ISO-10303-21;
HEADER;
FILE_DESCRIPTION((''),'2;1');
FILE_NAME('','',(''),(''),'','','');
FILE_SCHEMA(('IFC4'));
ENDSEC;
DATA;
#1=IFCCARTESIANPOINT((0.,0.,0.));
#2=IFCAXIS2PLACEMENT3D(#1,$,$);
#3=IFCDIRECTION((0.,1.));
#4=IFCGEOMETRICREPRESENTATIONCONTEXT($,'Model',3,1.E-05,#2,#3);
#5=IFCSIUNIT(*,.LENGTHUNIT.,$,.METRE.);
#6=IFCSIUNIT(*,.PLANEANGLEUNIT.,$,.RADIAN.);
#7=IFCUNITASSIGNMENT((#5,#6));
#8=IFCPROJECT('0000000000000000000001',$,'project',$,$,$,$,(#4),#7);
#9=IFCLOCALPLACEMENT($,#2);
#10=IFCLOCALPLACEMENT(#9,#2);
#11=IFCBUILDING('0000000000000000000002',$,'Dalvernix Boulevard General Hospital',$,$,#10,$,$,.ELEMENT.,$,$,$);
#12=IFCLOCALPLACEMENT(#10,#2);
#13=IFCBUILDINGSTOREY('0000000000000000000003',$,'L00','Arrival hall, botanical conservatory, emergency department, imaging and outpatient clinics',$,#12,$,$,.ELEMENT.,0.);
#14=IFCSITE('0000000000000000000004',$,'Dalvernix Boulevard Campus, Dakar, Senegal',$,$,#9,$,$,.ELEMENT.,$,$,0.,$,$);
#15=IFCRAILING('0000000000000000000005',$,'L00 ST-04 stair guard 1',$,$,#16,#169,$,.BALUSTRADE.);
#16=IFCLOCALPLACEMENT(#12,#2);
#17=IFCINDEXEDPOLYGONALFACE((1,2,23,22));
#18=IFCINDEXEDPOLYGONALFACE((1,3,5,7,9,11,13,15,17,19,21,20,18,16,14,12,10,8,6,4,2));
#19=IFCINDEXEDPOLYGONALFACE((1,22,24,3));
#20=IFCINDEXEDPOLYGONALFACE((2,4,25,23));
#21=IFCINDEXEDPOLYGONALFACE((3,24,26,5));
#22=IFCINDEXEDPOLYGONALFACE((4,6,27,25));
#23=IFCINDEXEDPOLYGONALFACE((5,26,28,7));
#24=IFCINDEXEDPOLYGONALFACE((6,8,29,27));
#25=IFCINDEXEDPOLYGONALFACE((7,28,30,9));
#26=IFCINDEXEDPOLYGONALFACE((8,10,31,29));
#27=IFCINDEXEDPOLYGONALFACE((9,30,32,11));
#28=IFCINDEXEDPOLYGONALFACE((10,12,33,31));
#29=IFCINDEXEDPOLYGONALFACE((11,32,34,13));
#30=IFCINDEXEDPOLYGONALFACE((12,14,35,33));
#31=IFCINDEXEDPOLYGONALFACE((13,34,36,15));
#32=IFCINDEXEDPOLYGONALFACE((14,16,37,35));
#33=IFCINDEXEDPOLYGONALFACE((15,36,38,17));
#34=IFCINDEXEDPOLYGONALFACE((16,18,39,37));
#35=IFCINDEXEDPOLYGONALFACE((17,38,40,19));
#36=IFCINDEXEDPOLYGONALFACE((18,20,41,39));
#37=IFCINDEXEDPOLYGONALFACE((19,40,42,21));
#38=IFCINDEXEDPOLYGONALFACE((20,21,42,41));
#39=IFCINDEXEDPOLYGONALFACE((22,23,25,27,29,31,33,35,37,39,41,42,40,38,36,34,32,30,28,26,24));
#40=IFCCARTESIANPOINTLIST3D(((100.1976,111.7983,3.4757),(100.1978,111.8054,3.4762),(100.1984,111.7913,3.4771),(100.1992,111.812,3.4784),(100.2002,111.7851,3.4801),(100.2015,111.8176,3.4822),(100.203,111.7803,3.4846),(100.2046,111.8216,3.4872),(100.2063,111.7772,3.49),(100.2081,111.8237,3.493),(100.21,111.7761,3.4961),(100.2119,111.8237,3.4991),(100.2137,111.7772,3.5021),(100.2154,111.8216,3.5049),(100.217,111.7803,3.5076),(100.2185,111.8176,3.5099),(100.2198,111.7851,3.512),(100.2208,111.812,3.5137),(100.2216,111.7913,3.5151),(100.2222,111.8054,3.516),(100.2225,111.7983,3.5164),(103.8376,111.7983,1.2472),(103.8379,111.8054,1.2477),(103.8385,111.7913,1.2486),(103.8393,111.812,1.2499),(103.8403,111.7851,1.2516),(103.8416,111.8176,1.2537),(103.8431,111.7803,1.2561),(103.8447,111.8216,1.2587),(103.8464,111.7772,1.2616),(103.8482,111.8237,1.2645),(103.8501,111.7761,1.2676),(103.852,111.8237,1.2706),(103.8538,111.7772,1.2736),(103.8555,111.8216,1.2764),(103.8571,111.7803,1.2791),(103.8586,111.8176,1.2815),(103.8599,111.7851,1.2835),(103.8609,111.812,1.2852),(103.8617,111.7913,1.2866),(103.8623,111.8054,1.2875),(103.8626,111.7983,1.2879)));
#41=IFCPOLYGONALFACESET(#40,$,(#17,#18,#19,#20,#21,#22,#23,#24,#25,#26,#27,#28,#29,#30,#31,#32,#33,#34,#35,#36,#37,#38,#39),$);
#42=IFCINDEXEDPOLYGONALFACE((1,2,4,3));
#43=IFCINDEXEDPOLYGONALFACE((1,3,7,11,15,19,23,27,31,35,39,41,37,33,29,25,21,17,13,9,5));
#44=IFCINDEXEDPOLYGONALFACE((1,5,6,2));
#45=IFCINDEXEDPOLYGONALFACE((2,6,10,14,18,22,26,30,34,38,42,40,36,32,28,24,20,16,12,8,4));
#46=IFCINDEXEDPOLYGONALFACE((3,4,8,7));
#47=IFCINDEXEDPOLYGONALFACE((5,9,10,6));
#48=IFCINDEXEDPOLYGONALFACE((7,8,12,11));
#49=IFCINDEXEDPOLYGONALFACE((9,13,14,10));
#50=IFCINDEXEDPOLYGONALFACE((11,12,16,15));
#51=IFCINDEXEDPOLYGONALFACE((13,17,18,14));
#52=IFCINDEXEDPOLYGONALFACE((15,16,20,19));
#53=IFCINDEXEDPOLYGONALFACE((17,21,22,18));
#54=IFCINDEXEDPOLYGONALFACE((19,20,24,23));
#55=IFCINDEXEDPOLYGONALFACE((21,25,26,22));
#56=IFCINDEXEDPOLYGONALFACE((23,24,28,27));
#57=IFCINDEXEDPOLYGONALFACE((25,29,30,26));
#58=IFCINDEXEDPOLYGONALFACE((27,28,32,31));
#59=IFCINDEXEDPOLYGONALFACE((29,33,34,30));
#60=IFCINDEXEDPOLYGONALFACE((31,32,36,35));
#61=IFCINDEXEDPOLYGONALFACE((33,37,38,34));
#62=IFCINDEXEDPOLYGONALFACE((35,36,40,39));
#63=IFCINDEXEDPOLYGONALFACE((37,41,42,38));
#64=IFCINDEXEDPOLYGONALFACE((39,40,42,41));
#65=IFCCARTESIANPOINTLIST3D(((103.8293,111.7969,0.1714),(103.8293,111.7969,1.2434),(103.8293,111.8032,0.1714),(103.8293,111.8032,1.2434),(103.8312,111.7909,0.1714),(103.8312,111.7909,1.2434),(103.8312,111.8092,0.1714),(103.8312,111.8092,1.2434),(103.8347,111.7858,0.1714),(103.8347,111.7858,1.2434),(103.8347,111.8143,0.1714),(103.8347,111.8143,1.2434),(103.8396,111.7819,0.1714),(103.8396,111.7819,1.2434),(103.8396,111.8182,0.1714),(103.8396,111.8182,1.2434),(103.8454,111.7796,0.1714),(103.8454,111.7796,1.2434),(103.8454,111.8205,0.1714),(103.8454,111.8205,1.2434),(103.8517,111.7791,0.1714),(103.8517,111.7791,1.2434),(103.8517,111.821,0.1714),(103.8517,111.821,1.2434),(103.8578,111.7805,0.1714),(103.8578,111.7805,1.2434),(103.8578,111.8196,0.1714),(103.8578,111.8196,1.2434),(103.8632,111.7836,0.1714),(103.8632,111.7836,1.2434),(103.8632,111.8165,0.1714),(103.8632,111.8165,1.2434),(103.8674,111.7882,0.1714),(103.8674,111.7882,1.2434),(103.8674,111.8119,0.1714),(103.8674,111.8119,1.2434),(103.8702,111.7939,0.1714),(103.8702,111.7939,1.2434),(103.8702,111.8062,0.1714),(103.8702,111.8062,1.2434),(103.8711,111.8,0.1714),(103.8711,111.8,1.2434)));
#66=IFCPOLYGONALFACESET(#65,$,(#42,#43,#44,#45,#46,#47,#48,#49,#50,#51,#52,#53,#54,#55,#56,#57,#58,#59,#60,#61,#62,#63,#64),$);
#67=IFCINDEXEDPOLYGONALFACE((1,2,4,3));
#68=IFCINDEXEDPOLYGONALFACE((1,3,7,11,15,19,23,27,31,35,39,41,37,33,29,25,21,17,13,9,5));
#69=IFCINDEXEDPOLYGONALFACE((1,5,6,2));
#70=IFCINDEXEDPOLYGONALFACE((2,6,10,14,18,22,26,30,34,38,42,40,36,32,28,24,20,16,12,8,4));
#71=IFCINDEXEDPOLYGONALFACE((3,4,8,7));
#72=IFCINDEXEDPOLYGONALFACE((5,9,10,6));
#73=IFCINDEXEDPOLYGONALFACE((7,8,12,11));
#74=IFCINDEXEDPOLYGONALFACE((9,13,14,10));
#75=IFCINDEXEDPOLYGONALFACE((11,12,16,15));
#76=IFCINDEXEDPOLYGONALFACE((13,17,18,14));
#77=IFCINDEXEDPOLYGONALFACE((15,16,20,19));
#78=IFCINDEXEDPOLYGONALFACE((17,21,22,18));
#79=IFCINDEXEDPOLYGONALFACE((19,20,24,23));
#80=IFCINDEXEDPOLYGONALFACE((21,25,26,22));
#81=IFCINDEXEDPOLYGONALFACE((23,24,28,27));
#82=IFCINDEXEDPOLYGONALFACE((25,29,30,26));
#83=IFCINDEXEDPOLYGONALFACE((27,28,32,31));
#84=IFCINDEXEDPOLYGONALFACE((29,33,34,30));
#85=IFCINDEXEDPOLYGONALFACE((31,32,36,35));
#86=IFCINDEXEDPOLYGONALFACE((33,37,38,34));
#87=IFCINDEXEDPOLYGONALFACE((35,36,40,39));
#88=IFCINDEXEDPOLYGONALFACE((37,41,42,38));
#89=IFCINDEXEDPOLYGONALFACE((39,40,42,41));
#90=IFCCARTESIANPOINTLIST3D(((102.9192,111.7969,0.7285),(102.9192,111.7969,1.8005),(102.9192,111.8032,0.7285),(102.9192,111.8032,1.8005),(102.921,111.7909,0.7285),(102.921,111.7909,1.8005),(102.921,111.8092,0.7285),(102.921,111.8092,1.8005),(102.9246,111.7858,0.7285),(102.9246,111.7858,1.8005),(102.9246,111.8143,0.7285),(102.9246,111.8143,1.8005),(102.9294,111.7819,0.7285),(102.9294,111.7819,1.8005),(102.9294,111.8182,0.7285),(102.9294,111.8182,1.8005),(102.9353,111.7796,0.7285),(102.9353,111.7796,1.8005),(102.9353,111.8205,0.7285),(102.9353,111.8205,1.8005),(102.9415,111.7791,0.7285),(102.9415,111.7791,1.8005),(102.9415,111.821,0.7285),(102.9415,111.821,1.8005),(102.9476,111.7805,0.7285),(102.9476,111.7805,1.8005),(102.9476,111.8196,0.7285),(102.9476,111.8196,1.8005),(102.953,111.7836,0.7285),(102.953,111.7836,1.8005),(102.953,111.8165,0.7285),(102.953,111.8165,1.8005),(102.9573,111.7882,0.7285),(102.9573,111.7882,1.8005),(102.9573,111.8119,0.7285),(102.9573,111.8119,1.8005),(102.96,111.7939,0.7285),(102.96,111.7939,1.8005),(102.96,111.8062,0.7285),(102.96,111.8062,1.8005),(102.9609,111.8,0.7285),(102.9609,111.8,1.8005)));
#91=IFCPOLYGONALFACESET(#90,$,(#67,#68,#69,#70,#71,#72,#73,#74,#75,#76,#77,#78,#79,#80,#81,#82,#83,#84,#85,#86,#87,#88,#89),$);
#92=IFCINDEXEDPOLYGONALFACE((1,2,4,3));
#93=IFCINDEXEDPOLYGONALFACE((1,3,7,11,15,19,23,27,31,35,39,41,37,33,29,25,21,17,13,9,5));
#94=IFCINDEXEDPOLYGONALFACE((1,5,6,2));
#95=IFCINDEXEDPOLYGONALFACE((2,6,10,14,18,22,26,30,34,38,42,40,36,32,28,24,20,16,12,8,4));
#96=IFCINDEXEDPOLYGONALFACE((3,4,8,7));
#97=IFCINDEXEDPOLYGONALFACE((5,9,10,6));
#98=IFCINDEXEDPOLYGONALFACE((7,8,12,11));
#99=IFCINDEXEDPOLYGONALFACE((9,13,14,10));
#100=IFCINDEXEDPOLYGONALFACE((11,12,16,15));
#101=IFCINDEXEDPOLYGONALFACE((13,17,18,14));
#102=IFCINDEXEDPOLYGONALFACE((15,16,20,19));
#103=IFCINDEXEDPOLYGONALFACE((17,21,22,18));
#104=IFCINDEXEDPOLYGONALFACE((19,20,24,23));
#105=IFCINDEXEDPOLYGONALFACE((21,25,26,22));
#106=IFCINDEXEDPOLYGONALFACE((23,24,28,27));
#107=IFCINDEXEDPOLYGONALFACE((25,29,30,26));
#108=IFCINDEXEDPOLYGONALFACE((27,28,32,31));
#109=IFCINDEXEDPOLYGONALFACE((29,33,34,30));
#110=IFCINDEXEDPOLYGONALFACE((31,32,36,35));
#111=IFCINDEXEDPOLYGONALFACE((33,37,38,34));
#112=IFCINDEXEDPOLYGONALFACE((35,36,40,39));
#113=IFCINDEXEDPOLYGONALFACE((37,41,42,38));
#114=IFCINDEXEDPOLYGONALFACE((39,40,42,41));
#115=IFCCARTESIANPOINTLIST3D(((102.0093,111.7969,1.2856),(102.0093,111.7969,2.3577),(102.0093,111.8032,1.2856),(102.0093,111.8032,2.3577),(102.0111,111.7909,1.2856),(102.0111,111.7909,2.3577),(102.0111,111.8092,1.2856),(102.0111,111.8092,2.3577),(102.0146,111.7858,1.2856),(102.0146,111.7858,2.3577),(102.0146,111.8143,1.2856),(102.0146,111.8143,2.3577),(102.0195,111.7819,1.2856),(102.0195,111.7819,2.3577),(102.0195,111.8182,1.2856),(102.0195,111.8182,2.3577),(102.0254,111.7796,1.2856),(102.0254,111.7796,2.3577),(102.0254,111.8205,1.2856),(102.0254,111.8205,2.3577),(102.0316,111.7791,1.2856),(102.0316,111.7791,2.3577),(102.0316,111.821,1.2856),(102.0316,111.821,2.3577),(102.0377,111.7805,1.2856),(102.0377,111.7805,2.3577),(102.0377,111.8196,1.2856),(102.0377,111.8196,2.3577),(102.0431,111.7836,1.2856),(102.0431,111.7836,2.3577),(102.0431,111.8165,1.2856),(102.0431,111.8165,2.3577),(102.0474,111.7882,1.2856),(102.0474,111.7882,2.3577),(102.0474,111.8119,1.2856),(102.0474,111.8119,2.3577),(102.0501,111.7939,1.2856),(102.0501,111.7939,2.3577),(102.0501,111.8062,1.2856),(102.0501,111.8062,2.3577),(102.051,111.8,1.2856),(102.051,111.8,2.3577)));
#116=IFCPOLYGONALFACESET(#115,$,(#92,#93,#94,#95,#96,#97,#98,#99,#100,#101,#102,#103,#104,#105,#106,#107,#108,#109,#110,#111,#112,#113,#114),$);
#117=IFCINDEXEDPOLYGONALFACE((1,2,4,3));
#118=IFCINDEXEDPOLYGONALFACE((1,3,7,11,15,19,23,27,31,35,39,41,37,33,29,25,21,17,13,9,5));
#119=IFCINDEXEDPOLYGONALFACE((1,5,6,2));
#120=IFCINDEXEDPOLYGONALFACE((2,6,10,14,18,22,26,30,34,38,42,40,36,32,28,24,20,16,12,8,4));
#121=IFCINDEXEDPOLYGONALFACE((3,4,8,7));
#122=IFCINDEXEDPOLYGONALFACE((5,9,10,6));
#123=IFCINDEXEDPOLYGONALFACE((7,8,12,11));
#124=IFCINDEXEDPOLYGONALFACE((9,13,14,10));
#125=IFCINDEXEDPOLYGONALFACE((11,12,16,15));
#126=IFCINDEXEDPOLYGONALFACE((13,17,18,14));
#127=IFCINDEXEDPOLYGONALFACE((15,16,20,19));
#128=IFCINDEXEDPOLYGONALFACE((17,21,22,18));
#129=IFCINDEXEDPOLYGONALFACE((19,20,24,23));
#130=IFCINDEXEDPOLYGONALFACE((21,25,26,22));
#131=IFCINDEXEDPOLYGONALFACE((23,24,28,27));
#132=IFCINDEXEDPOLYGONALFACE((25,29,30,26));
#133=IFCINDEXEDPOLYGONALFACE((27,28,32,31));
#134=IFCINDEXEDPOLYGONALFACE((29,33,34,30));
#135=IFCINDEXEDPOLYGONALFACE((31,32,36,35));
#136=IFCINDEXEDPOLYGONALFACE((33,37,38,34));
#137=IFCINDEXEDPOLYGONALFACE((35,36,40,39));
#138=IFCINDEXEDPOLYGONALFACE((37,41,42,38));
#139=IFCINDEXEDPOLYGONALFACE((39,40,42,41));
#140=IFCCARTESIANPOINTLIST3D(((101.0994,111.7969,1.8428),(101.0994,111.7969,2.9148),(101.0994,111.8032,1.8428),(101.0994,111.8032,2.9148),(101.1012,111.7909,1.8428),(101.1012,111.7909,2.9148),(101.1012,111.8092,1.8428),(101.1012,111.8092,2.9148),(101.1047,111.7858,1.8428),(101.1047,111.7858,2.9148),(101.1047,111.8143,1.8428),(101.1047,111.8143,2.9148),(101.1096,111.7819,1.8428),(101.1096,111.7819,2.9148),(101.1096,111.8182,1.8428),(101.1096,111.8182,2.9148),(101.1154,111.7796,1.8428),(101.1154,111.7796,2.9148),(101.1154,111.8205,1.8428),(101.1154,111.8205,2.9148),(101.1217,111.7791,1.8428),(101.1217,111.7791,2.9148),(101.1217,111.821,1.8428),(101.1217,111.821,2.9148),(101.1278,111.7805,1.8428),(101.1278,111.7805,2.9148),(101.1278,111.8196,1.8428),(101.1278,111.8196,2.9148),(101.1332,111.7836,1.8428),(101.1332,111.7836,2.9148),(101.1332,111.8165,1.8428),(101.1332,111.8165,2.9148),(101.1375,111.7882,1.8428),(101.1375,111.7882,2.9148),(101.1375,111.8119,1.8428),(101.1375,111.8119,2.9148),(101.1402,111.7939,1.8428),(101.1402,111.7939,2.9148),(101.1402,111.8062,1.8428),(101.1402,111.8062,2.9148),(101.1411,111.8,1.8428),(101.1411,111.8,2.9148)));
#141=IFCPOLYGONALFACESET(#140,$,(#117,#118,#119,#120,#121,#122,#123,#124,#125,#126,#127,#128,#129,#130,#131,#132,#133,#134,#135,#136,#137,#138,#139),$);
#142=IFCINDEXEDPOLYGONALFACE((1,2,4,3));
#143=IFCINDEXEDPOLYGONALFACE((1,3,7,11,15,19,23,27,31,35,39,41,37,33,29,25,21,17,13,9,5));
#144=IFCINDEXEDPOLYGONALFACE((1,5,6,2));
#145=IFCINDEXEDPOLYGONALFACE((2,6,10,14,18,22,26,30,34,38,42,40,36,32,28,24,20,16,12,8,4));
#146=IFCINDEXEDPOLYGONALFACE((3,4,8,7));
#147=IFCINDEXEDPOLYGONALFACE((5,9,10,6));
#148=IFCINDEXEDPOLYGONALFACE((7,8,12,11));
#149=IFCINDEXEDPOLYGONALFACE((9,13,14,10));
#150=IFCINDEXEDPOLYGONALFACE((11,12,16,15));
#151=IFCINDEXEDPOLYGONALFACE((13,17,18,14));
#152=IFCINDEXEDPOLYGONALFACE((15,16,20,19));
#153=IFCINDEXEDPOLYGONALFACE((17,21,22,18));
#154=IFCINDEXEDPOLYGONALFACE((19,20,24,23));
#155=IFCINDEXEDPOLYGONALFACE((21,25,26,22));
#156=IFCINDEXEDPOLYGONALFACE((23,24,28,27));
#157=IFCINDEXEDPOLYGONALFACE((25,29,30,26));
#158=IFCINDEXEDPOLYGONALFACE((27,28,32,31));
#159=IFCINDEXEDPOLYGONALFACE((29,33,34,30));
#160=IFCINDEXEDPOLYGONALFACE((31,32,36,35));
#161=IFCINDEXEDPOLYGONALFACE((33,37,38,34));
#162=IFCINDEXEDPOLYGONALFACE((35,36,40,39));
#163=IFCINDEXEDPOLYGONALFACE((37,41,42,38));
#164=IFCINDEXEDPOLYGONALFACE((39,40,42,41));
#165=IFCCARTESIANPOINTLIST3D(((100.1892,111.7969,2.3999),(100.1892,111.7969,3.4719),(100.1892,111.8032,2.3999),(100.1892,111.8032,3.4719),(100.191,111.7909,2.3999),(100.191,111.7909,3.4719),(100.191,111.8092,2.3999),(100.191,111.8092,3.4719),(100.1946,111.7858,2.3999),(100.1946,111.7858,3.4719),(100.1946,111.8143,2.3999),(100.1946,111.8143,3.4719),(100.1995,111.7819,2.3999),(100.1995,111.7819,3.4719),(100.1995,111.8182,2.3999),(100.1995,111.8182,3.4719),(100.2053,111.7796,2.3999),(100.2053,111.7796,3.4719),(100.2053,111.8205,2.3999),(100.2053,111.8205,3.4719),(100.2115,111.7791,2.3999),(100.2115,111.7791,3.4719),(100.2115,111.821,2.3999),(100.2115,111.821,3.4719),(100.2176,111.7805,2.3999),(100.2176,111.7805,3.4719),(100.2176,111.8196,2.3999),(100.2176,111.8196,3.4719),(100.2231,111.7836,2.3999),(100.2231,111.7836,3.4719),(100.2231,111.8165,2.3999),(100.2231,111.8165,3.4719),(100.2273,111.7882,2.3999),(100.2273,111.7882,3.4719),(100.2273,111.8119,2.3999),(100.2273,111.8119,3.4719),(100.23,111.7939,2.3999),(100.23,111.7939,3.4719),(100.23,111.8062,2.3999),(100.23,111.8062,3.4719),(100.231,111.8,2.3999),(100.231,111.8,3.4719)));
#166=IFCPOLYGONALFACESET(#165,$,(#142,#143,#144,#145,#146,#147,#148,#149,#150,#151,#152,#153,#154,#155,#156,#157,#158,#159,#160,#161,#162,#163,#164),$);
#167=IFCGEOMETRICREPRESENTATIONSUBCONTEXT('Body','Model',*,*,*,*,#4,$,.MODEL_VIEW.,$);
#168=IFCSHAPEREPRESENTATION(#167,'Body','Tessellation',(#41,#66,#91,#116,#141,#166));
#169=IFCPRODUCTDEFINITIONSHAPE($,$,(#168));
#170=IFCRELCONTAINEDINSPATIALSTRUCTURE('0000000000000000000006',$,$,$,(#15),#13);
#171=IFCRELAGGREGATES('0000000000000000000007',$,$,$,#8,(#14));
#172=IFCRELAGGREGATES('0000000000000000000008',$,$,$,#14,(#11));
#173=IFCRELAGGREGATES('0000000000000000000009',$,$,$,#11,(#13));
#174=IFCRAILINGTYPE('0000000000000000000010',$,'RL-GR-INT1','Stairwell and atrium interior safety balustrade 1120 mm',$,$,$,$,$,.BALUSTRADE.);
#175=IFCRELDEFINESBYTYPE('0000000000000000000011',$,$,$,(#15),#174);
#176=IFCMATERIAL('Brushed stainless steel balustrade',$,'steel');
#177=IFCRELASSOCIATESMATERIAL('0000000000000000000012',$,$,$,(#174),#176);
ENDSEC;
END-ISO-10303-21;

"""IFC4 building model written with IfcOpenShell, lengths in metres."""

from ifc_helpers import new_model, si_unit, direction, frame, origin, origin_2d, place, context, subcontext, project, spatial, circle, extrude, material, type_object, element, save


model = new_model("IFC4")

# Units and contexts
model_context = context("Model", 3, precision=1e-05, world=origin(), true_north=direction((0.0, 1.0)))
body_context = subcontext(model_context, "Body", "Model", "MODEL_VIEW")
ifc_project = project(units=[si_unit("LENGTHUNIT", "METRE"), si_unit("PLANEANGLEUNIT", "RADIAN")], contexts=[model_context])

# Site, building, storey
site_placement = place(None, origin())
site = spatial("IfcSite", under=ifc_project, at=site_placement, Name="Dalvernix Boulevard Campus, Dakar, Senegal", CompositionType="ELEMENT", RefElevation=0.0)
building_placement = place(site_placement, origin())
building = spatial("IfcBuilding", under=site, at=building_placement, Name="Dalvernix Boulevard General Hospital", CompositionType="ELEMENT")
storey_placement = place(building_placement, origin())
storey = spatial("IfcBuildingStorey", under=building, at=storey_placement, Name="L00", Description="Arrival hall, botanical conservatory, emergency department, imaging and outpatient clinics", CompositionType="ELEMENT", Elevation=0.0)

# Railing
ifc_material_1 = material(Name="Brushed stainless steel balustrade", Category="steel")
railing_type_1 = type_object("IfcRailingType", Name="RL-GR-INT1", Description="Stairwell and atrium interior safety balustrade 1120 mm", PredefinedType="BALUSTRADE", material=ifc_material_1)
railing_1_placement = place(storey_placement, frame((103.8501, 111.8, 0.1714)))
element("IfcRailing", 1, at=railing_1_placement, inside=storey, type_object=railing_type_1, Name="L00 ST-04 stair guard 1", PredefinedType="BALUSTRADE", context=body_context, shape_type="SweptSolid", body=[
    extrude(circle(Radius=0.0239, at=origin_2d()), frame((0.0, 0.0, 1.0962), z_axis=(-0.852866, 0.0, 0.52213), x_axis=(0.0, -1.0, 0.0)), (0.0, 0.0, 1.0), 4.2681),
    extrude(circle(Radius=0.021, at=origin_2d()), origin(), (0.0, 0.0, 1.0), 1.072),
    extrude(circle(Radius=0.021, at=origin_2d()), frame((-0.9102, 0.0, 0.5571)), (0.0, 0.0, 1.0), 1.072),
    extrude(circle(Radius=0.021, at=origin_2d()), frame((-1.8201, 0.0, 1.1143)), (0.0, 0.0, 1.0), 1.072),
    extrude(circle(Radius=0.021, at=origin_2d()), frame((-2.73, 0.0, 1.6714)), (0.0, 0.0, 1.0), 1.072),
    extrude(circle(Radius=0.021, at=origin_2d()), frame((-3.6401, 0.0, 2.2285)), (0.0, 0.0, 1.0), 1.072),
])

save(model, "model.ifc")
